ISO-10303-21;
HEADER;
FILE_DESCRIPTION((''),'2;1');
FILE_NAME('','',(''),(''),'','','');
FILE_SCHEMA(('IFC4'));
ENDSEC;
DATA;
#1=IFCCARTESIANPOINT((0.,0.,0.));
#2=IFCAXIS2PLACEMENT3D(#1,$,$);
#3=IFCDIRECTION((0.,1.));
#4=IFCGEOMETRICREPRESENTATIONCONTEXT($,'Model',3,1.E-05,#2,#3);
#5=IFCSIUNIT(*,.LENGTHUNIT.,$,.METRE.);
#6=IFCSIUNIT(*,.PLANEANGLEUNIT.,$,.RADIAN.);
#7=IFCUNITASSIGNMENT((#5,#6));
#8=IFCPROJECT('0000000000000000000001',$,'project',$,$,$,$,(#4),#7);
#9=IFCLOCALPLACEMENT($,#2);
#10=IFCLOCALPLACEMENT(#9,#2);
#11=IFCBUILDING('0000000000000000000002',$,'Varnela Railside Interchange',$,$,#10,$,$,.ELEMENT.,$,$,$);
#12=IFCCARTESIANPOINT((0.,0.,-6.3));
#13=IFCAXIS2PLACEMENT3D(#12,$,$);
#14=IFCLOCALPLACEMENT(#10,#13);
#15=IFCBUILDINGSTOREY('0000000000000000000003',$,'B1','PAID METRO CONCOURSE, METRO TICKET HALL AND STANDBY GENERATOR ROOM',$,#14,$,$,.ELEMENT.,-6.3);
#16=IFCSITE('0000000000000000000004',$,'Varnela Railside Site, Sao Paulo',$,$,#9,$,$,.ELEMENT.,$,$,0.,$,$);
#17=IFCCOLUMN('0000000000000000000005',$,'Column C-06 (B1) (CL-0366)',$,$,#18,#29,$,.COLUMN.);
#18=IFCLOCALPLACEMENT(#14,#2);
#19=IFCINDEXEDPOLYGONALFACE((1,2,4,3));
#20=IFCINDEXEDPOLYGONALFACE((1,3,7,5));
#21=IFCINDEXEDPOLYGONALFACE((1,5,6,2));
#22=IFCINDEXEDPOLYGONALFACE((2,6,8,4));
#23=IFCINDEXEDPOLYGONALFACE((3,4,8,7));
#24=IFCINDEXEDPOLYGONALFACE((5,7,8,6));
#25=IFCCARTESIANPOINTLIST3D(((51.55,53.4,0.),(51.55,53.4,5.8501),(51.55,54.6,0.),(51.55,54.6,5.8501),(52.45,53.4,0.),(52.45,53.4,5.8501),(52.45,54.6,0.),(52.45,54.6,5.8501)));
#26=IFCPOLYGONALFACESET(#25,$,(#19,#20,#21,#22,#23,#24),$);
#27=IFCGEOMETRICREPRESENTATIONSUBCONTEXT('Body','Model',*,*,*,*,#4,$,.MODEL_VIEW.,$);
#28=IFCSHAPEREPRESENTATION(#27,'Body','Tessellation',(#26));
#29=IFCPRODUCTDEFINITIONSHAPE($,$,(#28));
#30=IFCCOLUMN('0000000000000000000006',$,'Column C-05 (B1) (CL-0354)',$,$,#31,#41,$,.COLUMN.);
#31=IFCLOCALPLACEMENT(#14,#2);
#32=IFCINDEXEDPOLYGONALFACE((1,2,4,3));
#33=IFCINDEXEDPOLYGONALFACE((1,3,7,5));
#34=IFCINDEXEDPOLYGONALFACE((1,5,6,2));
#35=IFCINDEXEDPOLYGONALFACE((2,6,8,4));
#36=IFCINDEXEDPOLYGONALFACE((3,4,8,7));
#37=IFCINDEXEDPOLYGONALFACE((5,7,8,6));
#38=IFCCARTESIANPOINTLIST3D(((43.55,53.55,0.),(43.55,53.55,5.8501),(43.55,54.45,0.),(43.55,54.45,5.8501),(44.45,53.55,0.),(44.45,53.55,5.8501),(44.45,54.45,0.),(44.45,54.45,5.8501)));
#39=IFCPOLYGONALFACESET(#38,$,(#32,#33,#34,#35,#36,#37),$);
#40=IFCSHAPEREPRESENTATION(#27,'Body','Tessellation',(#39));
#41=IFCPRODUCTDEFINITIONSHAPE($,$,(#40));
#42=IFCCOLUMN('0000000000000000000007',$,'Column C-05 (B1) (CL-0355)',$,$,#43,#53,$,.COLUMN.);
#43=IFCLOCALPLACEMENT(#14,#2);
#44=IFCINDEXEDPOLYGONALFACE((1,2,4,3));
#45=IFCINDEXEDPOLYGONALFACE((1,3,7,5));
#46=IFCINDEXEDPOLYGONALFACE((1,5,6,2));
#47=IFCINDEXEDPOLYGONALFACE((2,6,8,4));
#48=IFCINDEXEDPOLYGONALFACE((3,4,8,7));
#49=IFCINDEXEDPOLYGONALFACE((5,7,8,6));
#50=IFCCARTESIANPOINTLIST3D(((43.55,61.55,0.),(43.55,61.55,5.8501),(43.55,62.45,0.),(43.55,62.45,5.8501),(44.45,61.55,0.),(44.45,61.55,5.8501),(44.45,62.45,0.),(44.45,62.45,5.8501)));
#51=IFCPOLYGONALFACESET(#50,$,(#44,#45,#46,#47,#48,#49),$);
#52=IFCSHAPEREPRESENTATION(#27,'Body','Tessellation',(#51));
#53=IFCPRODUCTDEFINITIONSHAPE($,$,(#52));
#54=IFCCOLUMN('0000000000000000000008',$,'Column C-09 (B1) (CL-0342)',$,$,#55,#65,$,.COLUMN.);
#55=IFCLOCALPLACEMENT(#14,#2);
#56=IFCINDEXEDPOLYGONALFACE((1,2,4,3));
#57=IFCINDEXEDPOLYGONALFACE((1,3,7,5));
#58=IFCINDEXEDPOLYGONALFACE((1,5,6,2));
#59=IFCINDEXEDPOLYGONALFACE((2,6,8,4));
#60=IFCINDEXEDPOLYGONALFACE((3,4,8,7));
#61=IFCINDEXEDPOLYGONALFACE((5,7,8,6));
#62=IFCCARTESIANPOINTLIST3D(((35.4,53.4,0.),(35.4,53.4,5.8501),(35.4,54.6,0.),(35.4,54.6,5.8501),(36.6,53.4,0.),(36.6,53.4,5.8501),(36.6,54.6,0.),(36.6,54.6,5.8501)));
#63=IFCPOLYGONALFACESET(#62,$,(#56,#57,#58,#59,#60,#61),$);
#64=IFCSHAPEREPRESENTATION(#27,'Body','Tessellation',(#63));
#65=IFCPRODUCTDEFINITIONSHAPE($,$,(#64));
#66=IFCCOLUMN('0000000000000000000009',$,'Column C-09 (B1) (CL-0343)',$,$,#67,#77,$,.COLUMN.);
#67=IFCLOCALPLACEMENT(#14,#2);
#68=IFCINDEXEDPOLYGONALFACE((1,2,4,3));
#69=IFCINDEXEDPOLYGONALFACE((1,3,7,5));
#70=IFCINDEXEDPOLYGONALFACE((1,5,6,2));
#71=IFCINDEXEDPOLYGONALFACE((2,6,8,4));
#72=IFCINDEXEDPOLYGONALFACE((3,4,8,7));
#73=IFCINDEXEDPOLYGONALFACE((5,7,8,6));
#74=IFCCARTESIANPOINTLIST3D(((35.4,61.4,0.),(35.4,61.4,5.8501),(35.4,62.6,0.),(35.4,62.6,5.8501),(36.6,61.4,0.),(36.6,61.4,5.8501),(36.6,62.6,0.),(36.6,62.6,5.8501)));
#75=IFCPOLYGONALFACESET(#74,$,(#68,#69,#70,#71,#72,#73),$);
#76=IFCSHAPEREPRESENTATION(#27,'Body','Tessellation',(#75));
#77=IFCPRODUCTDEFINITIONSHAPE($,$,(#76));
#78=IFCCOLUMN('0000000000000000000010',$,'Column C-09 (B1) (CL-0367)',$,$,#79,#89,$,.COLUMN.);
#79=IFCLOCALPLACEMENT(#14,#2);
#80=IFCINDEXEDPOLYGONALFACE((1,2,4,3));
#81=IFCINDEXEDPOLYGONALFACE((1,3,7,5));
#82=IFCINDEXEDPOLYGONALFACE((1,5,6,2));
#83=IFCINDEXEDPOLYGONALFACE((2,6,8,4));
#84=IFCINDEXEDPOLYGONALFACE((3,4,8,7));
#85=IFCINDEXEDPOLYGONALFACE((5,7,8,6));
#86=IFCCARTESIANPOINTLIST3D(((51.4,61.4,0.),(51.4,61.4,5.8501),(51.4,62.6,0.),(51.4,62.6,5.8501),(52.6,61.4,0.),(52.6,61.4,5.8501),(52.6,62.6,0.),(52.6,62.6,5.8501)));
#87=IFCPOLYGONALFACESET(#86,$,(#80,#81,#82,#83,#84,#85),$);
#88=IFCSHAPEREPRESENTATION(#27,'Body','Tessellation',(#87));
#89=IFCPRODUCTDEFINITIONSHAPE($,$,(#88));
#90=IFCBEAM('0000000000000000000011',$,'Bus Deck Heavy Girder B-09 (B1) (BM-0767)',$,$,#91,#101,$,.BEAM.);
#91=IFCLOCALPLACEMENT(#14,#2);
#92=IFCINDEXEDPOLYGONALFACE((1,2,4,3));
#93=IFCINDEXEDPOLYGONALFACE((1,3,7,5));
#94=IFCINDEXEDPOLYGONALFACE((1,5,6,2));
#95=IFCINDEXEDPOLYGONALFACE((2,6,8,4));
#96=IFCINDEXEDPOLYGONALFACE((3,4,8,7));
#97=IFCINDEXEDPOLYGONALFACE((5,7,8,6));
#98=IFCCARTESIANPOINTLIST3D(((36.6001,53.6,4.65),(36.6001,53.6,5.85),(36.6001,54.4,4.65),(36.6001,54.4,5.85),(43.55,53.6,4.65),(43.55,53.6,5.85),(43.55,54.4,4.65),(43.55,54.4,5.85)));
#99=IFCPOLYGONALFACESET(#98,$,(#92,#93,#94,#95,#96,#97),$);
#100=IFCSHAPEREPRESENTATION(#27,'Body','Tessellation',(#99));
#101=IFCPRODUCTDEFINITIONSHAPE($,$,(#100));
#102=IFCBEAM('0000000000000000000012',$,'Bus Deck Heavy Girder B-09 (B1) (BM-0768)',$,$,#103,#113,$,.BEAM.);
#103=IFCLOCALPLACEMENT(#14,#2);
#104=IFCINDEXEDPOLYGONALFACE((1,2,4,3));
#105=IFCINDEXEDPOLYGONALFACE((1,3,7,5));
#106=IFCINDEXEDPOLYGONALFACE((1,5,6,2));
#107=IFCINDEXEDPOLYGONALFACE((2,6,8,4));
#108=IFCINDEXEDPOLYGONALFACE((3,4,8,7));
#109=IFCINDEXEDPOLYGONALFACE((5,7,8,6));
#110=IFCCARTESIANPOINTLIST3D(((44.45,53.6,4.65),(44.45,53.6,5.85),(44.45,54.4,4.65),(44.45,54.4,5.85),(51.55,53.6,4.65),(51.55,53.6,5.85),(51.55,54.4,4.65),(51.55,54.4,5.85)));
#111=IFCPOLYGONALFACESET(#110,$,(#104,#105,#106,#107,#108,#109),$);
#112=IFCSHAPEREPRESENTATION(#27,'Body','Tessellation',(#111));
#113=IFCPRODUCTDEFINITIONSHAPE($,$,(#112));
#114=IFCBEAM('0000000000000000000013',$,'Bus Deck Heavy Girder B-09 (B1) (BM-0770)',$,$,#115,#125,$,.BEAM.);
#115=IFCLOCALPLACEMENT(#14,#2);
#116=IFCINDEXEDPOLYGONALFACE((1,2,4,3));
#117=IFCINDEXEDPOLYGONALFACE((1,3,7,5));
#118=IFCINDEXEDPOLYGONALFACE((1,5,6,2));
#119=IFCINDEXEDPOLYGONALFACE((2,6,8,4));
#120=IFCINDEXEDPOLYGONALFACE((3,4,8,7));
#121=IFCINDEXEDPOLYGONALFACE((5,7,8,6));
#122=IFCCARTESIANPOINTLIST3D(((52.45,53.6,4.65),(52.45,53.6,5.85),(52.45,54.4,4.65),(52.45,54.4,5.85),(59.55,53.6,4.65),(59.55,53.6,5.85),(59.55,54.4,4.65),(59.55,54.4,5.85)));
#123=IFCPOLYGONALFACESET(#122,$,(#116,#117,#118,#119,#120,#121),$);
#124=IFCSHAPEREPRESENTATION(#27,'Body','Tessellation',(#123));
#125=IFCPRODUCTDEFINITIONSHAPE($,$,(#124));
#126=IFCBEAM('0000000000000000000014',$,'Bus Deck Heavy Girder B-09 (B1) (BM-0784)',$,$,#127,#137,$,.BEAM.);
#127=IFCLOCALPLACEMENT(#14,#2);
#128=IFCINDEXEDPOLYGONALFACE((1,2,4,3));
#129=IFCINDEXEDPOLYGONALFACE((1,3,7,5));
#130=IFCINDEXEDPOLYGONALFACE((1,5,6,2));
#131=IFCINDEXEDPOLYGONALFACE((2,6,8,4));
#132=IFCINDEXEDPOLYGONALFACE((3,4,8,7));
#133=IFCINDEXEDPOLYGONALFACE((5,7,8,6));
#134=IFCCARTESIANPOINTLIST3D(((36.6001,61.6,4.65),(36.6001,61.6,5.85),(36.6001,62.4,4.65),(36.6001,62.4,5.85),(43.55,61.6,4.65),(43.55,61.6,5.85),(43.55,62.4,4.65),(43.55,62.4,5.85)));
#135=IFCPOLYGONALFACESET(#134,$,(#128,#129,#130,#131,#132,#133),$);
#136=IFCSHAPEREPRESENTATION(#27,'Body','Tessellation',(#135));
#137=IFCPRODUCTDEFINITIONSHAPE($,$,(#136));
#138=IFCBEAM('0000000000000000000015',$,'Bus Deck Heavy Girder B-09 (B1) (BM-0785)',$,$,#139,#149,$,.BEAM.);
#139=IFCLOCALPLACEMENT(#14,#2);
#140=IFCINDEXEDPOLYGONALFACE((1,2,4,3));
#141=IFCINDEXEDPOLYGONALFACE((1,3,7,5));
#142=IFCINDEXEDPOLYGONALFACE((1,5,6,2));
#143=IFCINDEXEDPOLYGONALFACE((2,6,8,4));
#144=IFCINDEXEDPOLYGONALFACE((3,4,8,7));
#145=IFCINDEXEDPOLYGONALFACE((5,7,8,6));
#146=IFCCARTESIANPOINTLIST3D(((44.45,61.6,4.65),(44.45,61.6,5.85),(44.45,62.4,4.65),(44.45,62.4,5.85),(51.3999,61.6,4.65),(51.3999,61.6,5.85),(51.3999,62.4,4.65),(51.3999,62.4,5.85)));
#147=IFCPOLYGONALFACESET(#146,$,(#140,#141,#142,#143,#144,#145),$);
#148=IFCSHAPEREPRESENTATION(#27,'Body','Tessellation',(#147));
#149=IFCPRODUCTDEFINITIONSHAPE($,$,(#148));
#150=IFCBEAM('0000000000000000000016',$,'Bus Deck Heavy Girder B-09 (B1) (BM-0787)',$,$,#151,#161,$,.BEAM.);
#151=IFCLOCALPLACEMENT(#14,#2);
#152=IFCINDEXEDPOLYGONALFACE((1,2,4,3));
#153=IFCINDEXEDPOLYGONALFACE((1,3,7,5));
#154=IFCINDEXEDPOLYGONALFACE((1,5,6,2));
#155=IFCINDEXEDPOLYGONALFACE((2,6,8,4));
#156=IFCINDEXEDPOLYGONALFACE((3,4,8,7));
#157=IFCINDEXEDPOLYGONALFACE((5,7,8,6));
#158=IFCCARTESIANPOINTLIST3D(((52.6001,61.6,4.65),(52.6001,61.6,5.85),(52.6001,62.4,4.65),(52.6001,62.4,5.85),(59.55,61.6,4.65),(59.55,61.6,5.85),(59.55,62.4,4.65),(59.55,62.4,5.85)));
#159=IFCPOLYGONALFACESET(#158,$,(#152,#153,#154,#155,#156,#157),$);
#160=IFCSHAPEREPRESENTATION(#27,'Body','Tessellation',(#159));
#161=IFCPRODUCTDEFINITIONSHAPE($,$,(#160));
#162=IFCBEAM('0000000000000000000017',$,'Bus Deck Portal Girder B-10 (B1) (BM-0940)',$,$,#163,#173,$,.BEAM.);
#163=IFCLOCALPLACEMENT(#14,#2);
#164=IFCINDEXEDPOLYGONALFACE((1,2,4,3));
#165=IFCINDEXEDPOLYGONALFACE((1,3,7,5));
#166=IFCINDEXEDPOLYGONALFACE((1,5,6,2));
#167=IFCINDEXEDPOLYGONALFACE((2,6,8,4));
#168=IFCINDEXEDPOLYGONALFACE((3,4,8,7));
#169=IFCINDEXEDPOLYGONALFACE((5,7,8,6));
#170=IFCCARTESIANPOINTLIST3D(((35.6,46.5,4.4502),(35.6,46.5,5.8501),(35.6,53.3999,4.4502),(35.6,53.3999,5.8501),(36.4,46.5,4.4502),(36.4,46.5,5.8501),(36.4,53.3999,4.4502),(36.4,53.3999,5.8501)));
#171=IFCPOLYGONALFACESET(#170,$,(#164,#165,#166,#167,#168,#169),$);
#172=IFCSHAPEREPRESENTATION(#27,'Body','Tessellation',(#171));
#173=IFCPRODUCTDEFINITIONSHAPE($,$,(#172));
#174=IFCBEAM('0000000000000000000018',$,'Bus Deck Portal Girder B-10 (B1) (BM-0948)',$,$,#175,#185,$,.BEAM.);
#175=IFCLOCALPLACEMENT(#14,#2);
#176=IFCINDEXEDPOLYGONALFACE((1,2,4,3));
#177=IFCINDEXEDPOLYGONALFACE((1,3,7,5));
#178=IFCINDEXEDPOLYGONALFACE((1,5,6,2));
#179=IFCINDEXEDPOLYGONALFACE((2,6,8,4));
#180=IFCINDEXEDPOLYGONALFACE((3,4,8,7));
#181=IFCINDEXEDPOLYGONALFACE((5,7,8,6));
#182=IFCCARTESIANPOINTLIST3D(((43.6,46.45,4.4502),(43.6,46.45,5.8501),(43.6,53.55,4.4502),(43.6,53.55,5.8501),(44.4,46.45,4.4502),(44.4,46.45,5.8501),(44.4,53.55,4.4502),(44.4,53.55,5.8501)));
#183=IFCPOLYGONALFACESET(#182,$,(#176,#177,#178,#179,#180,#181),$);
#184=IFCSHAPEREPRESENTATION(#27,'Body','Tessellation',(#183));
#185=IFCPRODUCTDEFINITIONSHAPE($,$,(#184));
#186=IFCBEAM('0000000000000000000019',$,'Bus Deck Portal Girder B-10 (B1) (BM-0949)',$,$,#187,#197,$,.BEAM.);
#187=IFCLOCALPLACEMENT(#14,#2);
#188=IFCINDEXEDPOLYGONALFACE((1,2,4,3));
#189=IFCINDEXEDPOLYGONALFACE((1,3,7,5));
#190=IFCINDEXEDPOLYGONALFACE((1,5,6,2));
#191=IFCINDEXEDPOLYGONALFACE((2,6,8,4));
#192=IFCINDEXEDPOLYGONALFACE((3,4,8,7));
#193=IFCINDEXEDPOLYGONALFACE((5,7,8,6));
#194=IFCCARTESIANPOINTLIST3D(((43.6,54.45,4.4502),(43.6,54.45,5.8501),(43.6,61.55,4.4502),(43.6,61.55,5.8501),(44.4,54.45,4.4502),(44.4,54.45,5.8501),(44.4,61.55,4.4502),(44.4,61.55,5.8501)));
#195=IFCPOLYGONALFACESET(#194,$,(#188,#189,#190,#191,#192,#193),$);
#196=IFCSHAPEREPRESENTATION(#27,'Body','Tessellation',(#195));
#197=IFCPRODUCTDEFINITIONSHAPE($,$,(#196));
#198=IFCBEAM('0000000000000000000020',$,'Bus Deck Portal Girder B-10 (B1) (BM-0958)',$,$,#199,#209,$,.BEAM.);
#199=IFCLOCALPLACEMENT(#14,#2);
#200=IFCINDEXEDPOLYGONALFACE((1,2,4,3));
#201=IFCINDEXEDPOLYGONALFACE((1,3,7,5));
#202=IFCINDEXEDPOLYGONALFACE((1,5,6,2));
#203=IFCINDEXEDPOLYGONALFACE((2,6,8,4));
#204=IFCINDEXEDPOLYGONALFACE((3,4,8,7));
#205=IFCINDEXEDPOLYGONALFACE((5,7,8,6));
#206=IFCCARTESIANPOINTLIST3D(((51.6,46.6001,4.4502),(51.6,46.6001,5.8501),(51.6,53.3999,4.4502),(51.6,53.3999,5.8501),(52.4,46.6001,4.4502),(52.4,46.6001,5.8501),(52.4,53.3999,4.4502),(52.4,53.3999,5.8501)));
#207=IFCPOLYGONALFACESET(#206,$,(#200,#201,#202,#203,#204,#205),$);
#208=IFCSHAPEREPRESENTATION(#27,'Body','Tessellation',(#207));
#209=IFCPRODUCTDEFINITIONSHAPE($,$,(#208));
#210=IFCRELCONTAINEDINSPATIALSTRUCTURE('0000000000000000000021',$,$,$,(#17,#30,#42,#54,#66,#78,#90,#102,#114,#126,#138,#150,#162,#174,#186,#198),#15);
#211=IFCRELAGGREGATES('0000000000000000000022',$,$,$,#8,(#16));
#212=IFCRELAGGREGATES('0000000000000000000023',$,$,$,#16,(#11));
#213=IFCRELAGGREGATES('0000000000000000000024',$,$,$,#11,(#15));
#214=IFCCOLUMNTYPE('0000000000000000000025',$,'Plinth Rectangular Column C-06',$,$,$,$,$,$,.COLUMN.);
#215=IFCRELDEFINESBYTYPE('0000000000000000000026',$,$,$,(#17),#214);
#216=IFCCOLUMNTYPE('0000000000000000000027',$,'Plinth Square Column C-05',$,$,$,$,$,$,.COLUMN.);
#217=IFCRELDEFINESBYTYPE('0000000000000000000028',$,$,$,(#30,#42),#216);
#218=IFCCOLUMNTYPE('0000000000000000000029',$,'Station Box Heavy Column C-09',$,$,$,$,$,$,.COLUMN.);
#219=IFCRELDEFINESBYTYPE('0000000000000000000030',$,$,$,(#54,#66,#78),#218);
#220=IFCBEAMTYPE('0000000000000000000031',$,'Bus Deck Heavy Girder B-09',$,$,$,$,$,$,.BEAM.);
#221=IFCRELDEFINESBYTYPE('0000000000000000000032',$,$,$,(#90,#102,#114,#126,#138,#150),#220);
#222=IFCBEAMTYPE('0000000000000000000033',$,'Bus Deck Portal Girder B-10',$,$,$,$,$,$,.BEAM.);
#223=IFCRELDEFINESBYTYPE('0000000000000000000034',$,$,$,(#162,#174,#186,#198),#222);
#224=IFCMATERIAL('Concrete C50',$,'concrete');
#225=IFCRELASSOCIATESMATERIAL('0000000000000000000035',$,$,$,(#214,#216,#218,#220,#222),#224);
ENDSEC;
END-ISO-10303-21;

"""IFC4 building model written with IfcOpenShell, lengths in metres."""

from ifc_helpers import new_model, si_unit, direction, frame, origin, origin_2d, place, context, subcontext, project, spatial, rectangle, extrude, material, material_profile, profile_set, type_object, element, save


model = new_model("IFC4")

# Units and contexts
model_context = context("Model", 3, precision=1e-05, world=origin(), true_north=direction((0.0, 1.0)))
body_context = subcontext(model_context, "Body", "Model", "MODEL_VIEW")
ifc_project = project(units=[si_unit("LENGTHUNIT", "METRE"), si_unit("PLANEANGLEUNIT", "RADIAN")], contexts=[model_context])

# Site, building, storey
site_placement = place(None, origin())
site = spatial("IfcSite", under=ifc_project, at=site_placement, Name="Varnela Railside Site, Sao Paulo", CompositionType="ELEMENT", RefElevation=0.0)
building_placement = place(site_placement, origin())
building = spatial("IfcBuilding", under=site, at=building_placement, Name="Varnela Railside Interchange", CompositionType="ELEMENT")
storey_placement = place(building_placement, frame((0.0, 0.0, -6.3)))
storey = spatial("IfcBuildingStorey", under=building, at=storey_placement, Name="B1", Description="PAID METRO CONCOURSE, METRO TICKET HALL AND STANDBY GENERATOR ROOM", CompositionType="ELEMENT", Elevation=-6.3)

# Columns
ifc_material_1 = material(Name="Concrete C50", Category="concrete")
ifc_material_profile_1 = material_profile(ifc_material_1, rectangle(XDim=0.8999, YDim=1.2, at=origin_2d()), Name="RC 900x1200")
ifc_profile_set_1 = profile_set([ifc_material_profile_1], Name="Concrete C50")
column_type_1 = type_object("IfcColumnType", Name="Plinth Rectangular Column C-06", PredefinedType="COLUMN", material=ifc_profile_set_1)
column_placement = place(storey_placement, frame((52.0, 54.0, 0.0), z_axis=(0.0, 0.0, 1.0), x_axis=(1.0, 0.0, 0.0)))
element("IfcColumn", 1, at=column_placement, inside=storey, type_object=column_type_1, Name="Column C-06 (B1) (CL-0366)", PredefinedType="COLUMN", context=body_context, shape_type="SweptSolid", body=[
    extrude(rectangle(XDim=0.8999, YDim=1.2, at=origin_2d()), origin(), (0.0, 0.0, 1.0), 5.8501),
])
ifc_material_profile_2 = material_profile(ifc_material_1, rectangle(XDim=0.8999, YDim=0.8999, at=origin_2d()), Name="RC 900x900")
ifc_profile_set_2 = profile_set([ifc_material_profile_2], Name="Concrete C50")
column_type_2 = type_object("IfcColumnType", Name="Plinth Square Column C-05", PredefinedType="COLUMN", material=ifc_profile_set_2)
for number, where, z_axis, x_axis, name in (
    (2, (44.0, 54.0, 0.0), (0.0, 0.0, 1.0), (1.0, 0.0, 0.0), "Column C-05 (B1) (CL-0354)"),
    (3, (44.0, 62.0, 0.0), (0.0, 0.0, 1.0), (1.0, 0.0, 0.0), "Column C-05 (B1) (CL-0355)"),
):
    element("IfcColumn", number, at=place(storey_placement, frame(where, z_axis=z_axis, x_axis=x_axis)), inside=storey, type_object=column_type_2, Name=name, PredefinedType="COLUMN", context=body_context, shape_type="SweptSolid", body=[
        extrude(rectangle(XDim=0.8999, YDim=0.8999, at=origin_2d()), origin(), (0.0, 0.0, 1.0), 5.8501),
    ])
ifc_material_profile_3 = material_profile(ifc_material_1, rectangle(XDim=1.2, YDim=1.2, at=origin_2d()), Name="RC 1200x1200")
ifc_profile_set_3 = profile_set([ifc_material_profile_3], Name="Concrete C50")
column_type_3 = type_object("IfcColumnType", Name="Station Box Heavy Column C-09", PredefinedType="COLUMN", material=ifc_profile_set_3)
for number, where, z_axis, x_axis, name in (
    (4, (36.0, 54.0, 0.0), (0.0, 0.0, 1.0), (1.0, 0.0, 0.0), "Column C-09 (B1) (CL-0342)"),
    (5, (36.0, 62.0, 0.0), (0.0, 0.0, 1.0), (1.0, 0.0, 0.0), "Column C-09 (B1) (CL-0343)"),
    (6, (52.0, 62.0, 0.0), (0.0, 0.0, 1.0), (1.0, 0.0, 0.0), "Column C-09 (B1) (CL-0367)"),
):
    element("IfcColumn", number, at=place(storey_placement, frame(where, z_axis=z_axis, x_axis=x_axis)), inside=storey, type_object=column_type_3, Name=name, PredefinedType="COLUMN", context=body_context, shape_type="SweptSolid", body=[
        extrude(rectangle(XDim=1.2, YDim=1.2, at=origin_2d()), origin(), (0.0, 0.0, 1.0), 5.8501),
    ])

# Beams
ifc_material_profile_4 = material_profile(ifc_material_1, rectangle(XDim=0.8, YDim=1.2, at=origin_2d()), Name="RC 800x1200")
ifc_profile_set_4 = profile_set([ifc_material_profile_4], Name="Concrete C50")
beam_type_1 = type_object("IfcBeamType", Name="Bus Deck Heavy Girder B-09", PredefinedType="BEAM", material=ifc_profile_set_4)
beam_1_placement = place(storey_placement, frame((36.6001, 54.0, 5.25), z_axis=(1.0, 0.0, 0.0), x_axis=(0.0, 1.0, 0.0)))
element("IfcBeam", 7, at=beam_1_placement, inside=storey, type_object=beam_type_1, Name="Bus Deck Heavy Girder B-09 (B1) (BM-0767)", PredefinedType="BEAM", context=body_context, shape_type="SweptSolid", body=[
    extrude(rectangle(XDim=0.8, YDim=1.2, at=origin_2d()), origin(), (0.0, 0.0, 1.0), 6.95),
])
for number, where, z_axis, x_axis, name in (
    (8, (44.45, 54.0, 5.25), (1.0, 0.0, 0.0), (0.0, 1.0, 0.0), "Bus Deck Heavy Girder B-09 (B1) (BM-0768)"),
    (9, (52.45, 54.0, 5.25), (1.0, 0.0, 0.0), (0.0, 1.0, 0.0), "Bus Deck Heavy Girder B-09 (B1) (BM-0770)"),
):
    element("IfcBeam", number, at=place(storey_placement, frame(where, z_axis=z_axis, x_axis=x_axis)), inside=storey, type_object=beam_type_1, Name=name, PredefinedType="BEAM", context=body_context, shape_type="SweptSolid", body=[
        extrude(rectangle(XDim=0.8, YDim=1.2, at=origin_2d()), origin(), (0.0, 0.0, 1.0), 7.1001),
    ])
for number, where, z_axis, x_axis, name in (
    (10, (36.6001, 62.0, 5.25), (1.0, 0.0, 0.0), (0.0, 1.0, 0.0), "Bus Deck Heavy Girder B-09 (B1) (BM-0784)"),
    (11, (44.45, 62.0, 5.25), (1.0, 0.0, 0.0), (0.0, 1.0, 0.0), "Bus Deck Heavy Girder B-09 (B1) (BM-0785)"),
    (12, (52.6001, 62.0, 5.25), (1.0, 0.0, 0.0), (0.0, 1.0, 0.0), "Bus Deck Heavy Girder B-09 (B1) (BM-0787)"),
):
    element("IfcBeam", number, at=place(storey_placement, frame(where, z_axis=z_axis, x_axis=x_axis)), inside=storey, type_object=beam_type_1, Name=name, PredefinedType="BEAM", context=body_context, shape_type="SweptSolid", body=[
        extrude(rectangle(XDim=0.8, YDim=1.2, at=origin_2d()), origin(), (0.0, 0.0, 1.0), 6.95),
    ])
ifc_material_profile_5 = material_profile(ifc_material_1, rectangle(XDim=0.8, YDim=1.3999, at=origin_2d()), Name="RC 800x1400")
ifc_profile_set_5 = profile_set([ifc_material_profile_5], Name="Concrete C50")
beam_type_2 = type_object("IfcBeamType", Name="Bus Deck Portal Girder B-10", PredefinedType="BEAM", material=ifc_profile_set_5)
beam_2_placement = place(storey_placement, frame((36.0, 46.5, 5.1501), z_axis=(0.0, 1.0, 0.0), x_axis=(-1.0, 0.0, 0.0)))
element("IfcBeam", 13, at=beam_2_placement, inside=storey, type_object=beam_type_2, Name="Bus Deck Portal Girder B-10 (B1) (BM-0940)", PredefinedType="BEAM", context=body_context, shape_type="SweptSolid", body=[
    extrude(rectangle(XDim=0.8, YDim=1.3999, at=origin_2d()), origin(), (0.0, 0.0, 1.0), 6.8999),
])
for number, where, z_axis, x_axis, name in (
    (14, (44.0, 46.45, 5.1501), (0.0, 1.0, 0.0), (-1.0, 0.0, 0.0), "Bus Deck Portal Girder B-10 (B1) (BM-0948)"),
    (15, (44.0, 54.45, 5.1501), (0.0, 1.0, 0.0), (-1.0, 0.0, 0.0), "Bus Deck Portal Girder B-10 (B1) (BM-0949)"),
):
    element("IfcBeam", number, at=place(storey_placement, frame(where, z_axis=z_axis, x_axis=x_axis)), inside=storey, type_object=beam_type_2, Name=name, PredefinedType="BEAM", context=body_context, shape_type="SweptSolid", body=[
        extrude(rectangle(XDim=0.8, YDim=1.3999, at=origin_2d()), origin(), (0.0, 0.0, 1.0), 7.1001),
    ])
for number, where, z_axis, x_axis, name in (
    (16, (52.0, 46.6001, 5.1501), (0.0, 1.0, 0.0), (-1.0, 0.0, 0.0), "Bus Deck Portal Girder B-10 (B1) (BM-0958)"),
):
    element("IfcBeam", number, at=place(storey_placement, frame(where, z_axis=z_axis, x_axis=x_axis)), inside=storey, type_object=beam_type_2, Name=name, PredefinedType="BEAM", context=body_context, shape_type="SweptSolid", body=[
        extrude(rectangle(XDim=0.8, YDim=1.3999, at=origin_2d()), origin(), (0.0, 0.0, 1.0), 6.7998),
    ])

save(model, "model.ifc")
